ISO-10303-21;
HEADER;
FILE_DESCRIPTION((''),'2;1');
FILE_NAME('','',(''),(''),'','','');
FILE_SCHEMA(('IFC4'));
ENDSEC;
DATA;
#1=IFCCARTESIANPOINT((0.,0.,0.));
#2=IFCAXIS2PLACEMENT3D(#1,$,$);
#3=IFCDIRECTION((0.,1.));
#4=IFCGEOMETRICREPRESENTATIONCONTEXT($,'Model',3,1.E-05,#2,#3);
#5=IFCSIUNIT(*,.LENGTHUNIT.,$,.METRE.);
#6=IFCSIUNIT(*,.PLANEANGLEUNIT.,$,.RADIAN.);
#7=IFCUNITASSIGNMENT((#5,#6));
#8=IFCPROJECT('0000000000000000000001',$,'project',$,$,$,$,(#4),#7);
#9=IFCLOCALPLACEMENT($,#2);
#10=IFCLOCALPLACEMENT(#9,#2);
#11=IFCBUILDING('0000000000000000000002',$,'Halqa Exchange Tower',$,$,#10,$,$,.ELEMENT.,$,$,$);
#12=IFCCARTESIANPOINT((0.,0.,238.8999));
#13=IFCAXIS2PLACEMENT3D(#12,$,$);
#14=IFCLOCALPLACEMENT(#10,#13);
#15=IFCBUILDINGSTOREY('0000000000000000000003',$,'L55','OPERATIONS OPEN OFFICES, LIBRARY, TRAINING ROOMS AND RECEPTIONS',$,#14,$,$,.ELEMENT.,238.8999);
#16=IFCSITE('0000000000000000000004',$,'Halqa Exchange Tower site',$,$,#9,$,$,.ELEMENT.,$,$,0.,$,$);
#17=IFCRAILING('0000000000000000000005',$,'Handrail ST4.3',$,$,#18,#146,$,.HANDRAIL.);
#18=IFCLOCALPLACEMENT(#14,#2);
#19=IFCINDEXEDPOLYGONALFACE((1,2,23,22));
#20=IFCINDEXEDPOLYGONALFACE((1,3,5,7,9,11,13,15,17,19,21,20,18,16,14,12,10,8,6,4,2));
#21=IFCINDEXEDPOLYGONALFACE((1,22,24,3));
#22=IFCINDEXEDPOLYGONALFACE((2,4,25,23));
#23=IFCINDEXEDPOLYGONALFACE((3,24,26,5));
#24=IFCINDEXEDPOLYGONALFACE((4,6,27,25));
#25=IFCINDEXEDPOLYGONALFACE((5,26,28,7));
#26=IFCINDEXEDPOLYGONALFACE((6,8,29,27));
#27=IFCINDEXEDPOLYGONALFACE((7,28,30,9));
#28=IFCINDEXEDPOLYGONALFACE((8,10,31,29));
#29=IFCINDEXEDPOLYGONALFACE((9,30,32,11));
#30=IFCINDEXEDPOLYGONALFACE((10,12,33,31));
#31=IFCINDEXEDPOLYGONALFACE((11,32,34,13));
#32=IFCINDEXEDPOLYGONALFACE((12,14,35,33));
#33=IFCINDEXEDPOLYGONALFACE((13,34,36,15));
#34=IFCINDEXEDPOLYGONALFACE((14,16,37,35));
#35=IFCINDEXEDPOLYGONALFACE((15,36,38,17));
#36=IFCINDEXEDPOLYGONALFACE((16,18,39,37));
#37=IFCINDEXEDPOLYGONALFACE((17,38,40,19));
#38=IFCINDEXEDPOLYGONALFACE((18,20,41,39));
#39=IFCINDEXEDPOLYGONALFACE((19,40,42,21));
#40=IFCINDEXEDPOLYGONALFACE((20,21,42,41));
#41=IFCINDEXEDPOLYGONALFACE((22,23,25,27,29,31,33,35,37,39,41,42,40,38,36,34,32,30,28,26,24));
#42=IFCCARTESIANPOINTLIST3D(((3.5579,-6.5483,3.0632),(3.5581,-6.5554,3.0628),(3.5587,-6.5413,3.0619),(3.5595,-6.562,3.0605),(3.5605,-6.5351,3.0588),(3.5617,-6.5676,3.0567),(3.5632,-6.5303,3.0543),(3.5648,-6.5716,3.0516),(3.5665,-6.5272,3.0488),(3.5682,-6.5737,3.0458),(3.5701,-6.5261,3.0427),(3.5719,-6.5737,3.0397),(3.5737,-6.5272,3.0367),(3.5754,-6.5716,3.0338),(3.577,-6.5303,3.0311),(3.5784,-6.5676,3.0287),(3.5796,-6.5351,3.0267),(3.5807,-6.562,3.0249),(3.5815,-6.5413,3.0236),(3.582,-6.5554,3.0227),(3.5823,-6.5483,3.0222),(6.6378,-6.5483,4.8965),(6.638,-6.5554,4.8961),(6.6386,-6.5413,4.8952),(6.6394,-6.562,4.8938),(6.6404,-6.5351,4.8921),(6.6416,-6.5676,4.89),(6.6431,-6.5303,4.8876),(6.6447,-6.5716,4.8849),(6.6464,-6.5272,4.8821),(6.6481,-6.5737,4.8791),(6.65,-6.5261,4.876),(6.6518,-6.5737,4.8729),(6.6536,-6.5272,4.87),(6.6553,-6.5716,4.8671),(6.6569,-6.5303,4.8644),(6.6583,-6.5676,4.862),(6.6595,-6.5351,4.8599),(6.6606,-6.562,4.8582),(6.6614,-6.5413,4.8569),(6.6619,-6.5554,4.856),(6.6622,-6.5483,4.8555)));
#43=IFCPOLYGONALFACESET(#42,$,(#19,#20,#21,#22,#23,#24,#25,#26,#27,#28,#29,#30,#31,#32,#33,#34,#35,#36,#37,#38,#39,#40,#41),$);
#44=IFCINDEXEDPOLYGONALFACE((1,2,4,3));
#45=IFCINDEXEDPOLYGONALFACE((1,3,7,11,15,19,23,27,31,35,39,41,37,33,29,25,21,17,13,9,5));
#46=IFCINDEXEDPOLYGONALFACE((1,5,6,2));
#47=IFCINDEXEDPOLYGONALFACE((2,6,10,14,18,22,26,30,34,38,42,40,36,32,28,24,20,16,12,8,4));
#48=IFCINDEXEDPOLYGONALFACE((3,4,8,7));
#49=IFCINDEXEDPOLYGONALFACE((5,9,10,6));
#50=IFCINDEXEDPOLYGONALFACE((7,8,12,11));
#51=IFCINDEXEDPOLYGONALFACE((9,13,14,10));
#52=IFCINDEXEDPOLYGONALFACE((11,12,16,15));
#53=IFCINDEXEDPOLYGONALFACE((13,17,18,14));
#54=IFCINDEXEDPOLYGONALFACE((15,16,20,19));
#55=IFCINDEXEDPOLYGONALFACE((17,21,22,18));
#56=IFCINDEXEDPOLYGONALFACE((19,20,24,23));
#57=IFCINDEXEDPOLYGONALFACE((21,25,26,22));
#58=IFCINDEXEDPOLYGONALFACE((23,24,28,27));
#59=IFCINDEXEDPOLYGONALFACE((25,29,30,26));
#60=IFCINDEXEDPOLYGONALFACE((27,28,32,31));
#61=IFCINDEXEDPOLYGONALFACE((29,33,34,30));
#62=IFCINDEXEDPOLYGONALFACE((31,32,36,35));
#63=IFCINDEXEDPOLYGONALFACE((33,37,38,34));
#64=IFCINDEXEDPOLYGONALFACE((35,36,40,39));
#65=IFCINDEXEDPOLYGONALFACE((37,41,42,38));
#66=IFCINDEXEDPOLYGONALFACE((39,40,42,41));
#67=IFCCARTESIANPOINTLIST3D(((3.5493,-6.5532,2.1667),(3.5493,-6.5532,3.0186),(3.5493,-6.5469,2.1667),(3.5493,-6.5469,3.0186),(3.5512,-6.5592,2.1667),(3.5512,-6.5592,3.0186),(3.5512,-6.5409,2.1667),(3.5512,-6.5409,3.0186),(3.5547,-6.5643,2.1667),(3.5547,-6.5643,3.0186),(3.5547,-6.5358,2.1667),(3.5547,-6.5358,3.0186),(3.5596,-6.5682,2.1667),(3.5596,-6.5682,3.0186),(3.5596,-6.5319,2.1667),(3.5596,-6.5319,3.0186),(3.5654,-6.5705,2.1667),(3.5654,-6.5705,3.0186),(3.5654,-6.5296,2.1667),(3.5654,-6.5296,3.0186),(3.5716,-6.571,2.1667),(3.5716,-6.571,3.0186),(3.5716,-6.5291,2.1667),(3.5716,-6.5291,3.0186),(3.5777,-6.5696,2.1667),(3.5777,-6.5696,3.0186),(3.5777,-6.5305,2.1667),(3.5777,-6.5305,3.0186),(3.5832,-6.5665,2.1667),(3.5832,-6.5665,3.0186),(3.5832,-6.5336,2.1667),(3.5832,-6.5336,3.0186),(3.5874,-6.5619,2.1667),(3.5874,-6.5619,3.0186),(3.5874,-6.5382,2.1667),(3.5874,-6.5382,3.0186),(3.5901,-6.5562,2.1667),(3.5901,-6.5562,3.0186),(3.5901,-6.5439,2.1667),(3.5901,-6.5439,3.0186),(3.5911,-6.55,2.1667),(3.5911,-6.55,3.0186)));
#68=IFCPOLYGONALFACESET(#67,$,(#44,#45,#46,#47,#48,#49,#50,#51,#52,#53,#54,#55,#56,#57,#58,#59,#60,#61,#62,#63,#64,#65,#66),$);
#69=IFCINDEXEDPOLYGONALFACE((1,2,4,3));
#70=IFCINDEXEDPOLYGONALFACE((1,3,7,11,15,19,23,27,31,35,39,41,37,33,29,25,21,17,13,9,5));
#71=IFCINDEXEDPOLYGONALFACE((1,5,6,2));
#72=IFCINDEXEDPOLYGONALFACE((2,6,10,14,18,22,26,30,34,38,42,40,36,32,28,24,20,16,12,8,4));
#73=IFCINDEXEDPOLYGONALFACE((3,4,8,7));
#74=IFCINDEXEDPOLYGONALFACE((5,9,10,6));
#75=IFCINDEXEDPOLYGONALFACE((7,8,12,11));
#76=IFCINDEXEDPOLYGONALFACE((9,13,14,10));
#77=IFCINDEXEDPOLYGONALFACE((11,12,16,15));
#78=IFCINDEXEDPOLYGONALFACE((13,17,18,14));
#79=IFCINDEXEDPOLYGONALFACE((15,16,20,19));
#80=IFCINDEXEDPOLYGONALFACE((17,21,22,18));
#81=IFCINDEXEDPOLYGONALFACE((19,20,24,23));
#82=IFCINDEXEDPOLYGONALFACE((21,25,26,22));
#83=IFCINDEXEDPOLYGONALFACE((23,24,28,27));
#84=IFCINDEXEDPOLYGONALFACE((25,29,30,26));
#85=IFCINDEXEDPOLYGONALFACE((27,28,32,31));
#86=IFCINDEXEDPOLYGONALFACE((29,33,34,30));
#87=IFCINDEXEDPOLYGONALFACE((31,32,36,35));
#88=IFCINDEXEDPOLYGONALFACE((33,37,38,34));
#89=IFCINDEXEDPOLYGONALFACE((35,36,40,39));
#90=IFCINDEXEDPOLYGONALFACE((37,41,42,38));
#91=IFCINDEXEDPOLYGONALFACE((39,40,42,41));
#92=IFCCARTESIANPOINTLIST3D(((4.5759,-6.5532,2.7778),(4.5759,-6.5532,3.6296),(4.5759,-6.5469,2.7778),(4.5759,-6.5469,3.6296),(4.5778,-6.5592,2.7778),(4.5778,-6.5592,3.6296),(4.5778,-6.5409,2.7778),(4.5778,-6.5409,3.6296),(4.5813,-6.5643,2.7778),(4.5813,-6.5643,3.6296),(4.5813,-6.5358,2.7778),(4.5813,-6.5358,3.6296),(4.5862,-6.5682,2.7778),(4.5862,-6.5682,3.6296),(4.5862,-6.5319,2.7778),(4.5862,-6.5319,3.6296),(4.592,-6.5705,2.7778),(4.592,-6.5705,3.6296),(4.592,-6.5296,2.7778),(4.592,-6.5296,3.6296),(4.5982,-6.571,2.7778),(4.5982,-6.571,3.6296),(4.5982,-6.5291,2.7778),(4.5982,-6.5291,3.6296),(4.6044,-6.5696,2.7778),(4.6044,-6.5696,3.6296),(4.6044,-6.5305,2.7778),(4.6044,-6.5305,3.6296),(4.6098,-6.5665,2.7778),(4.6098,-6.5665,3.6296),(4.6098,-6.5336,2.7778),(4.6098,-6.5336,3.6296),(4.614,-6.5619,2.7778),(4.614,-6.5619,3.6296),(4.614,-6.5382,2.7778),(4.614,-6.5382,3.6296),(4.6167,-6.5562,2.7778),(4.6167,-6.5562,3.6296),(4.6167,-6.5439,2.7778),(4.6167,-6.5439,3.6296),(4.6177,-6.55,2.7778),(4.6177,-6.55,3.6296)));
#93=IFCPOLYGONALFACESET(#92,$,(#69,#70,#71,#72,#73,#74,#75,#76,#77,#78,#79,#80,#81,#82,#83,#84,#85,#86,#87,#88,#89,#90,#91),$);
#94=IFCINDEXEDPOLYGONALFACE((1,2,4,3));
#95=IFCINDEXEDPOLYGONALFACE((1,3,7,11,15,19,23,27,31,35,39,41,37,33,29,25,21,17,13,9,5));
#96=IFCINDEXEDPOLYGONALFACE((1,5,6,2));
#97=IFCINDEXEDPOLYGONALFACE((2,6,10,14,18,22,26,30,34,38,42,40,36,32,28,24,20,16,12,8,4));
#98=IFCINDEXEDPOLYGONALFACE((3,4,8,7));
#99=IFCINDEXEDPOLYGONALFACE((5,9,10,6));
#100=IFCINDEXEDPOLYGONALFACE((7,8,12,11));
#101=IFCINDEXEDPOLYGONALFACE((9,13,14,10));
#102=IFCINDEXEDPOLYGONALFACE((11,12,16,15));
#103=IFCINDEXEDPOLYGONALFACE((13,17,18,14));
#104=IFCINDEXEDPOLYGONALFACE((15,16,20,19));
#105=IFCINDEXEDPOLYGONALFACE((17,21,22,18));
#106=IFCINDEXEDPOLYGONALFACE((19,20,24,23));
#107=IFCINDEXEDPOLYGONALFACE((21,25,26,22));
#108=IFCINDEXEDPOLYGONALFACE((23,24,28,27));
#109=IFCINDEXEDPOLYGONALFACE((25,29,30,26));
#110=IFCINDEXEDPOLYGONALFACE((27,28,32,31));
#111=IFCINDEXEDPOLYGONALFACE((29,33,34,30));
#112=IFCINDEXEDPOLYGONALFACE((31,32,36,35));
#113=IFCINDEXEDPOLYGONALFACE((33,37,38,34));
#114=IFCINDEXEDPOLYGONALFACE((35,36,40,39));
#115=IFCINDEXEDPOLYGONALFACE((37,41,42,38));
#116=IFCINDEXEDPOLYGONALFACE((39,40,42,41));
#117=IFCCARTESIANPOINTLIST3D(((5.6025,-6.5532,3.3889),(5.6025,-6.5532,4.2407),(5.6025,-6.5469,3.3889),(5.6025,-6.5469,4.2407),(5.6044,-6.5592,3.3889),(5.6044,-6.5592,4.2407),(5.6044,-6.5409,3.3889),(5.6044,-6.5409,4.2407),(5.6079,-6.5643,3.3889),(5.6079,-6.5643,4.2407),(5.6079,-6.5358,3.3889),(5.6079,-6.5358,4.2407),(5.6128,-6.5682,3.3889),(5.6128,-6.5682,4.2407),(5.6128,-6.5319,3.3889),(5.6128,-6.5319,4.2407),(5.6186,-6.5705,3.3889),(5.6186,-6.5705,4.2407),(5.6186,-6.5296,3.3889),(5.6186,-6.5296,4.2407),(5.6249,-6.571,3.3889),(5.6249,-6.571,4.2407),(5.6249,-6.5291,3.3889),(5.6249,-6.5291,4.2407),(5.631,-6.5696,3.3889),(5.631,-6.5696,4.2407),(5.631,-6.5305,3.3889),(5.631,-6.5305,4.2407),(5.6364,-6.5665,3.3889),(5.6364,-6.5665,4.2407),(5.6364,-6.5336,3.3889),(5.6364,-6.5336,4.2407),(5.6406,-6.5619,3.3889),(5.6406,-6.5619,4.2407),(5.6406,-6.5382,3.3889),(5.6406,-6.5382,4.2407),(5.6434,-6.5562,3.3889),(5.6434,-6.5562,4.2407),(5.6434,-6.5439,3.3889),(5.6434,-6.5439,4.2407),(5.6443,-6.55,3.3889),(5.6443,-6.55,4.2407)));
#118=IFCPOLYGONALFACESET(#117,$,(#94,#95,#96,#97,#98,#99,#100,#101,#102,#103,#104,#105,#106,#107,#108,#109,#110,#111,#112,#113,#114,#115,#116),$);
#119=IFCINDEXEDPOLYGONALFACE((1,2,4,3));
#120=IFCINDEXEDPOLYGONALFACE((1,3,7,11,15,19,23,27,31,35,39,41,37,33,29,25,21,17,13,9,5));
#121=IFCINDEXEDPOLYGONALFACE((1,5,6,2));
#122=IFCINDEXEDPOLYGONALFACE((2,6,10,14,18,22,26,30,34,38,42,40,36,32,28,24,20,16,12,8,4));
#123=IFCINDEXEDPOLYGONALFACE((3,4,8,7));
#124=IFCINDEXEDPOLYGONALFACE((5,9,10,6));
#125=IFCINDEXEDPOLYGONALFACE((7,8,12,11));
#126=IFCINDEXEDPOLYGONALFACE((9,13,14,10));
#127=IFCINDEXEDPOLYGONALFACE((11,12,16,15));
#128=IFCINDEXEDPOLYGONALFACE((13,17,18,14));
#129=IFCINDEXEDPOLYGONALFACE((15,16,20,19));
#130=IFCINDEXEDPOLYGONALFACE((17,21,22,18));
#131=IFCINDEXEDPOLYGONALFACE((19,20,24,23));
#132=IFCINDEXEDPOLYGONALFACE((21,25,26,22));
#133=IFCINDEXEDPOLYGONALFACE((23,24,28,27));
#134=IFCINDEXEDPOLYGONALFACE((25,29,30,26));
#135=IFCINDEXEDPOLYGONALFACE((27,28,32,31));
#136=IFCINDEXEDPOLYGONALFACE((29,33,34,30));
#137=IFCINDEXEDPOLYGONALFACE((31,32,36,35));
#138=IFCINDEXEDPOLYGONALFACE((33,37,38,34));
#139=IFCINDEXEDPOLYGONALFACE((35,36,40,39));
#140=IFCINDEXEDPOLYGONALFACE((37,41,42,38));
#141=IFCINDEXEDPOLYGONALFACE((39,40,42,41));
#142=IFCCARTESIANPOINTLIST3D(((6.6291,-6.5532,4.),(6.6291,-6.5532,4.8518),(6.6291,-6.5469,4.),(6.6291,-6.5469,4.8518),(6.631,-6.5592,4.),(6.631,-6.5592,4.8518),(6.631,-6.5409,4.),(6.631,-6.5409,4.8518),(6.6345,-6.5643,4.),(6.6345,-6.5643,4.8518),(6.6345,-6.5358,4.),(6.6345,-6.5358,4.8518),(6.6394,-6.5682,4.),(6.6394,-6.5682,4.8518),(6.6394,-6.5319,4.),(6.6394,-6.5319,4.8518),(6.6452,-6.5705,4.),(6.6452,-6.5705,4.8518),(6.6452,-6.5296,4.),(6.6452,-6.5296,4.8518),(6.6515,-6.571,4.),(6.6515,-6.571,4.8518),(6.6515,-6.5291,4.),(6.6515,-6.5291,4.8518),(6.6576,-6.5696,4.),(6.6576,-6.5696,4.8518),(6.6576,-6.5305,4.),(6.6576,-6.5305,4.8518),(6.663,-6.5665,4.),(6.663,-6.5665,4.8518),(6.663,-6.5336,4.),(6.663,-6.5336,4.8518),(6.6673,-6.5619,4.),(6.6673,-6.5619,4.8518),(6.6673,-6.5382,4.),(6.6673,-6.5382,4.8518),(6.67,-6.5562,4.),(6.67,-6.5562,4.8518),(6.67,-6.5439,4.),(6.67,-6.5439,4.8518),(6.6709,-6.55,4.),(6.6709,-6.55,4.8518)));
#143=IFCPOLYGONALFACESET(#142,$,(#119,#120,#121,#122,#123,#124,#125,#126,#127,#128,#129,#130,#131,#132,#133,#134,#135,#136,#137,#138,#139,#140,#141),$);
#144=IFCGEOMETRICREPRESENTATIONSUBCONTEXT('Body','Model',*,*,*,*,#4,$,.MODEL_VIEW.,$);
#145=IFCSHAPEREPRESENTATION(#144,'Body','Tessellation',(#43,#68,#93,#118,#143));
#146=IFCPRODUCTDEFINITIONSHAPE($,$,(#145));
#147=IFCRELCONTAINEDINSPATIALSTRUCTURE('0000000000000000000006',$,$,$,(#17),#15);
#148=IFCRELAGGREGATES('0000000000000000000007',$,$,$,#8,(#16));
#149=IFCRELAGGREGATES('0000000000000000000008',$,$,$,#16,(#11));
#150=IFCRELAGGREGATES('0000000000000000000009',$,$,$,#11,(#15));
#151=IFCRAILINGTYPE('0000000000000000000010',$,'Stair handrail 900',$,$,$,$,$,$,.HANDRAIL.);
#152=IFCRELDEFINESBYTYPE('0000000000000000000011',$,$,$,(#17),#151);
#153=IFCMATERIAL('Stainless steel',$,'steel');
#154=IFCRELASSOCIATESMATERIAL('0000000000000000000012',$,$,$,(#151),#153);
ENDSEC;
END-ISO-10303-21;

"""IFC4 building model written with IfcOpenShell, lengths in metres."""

from ifc_helpers import new_model, si_unit, direction, frame, origin, origin_2d, place, context, subcontext, project, spatial, circle, extrude, material, type_object, element, save


model = new_model("IFC4")

# Units and contexts
model_context = context("Model", 3, precision=1e-05, world=origin(), true_north=direction((0.0, 1.0)))
body_context = subcontext(model_context, "Body", "Model", "MODEL_VIEW")
ifc_project = project(units=[si_unit("LENGTHUNIT", "METRE"), si_unit("PLANEANGLEUNIT", "RADIAN")], contexts=[model_context])

# Site, building, storey
site_placement = place(None, origin())
site = spatial("IfcSite", under=ifc_project, at=site_placement, Name="Halqa Exchange Tower site", CompositionType="ELEMENT", RefElevation=0.0)
building_placement = place(site_placement, origin())
building = spatial("IfcBuilding", under=site, at=building_placement, Name="Halqa Exchange Tower", CompositionType="ELEMENT")
storey_placement = place(building_placement, frame((0.0, 0.0, 238.8999)))
storey = spatial("IfcBuildingStorey", under=building, at=storey_placement, Name="L55", Description="OPERATIONS OPEN OFFICES, LIBRARY, TRAINING ROOMS AND RECEPTIONS", CompositionType="ELEMENT", Elevation=238.8999)

# Railing
ifc_material_1 = material(Name="Stainless steel", Category="steel")
railing_type_1 = type_object("IfcRailingType", Name="Stair handrail 900", PredefinedType="HANDRAIL", material=ifc_material_1)
railing_1_placement = place(storey_placement, frame((3.5701, -6.55, 2.1667)))
element("IfcRailing", 1, at=railing_1_placement, inside=storey, type_object=railing_type_1, Name="Handrail ST4.3", PredefinedType="HANDRAIL", context=body_context, shape_type="SweptSolid", body=[
    extrude(circle(Radius=0.0239, at=origin_2d()), frame((0.0, 0.0, 0.876), z_axis=(0.859291, 0.0, 0.511487), x_axis=(0.0, 1.0, 0.0)), (0.0, 0.0, 1.0), 3.5842),
    extrude(circle(Radius=0.021, at=origin_2d()), origin(), (0.0, 0.0, 1.0), 0.8518),
    extrude(circle(Radius=0.021, at=origin_2d()), frame((1.0266, 0.0, 0.6111)), (0.0, 0.0, 1.0), 0.8518),
    extrude(circle(Radius=0.021, at=origin_2d()), frame((2.0532, 0.0, 1.2222)), (0.0, 0.0, 1.0), 0.8518),
    extrude(circle(Radius=0.021, at=origin_2d()), frame((3.0798, 0.0, 1.8333)), (0.0, 0.0, 1.0), 0.8518),
])

save(model, "model.ifc")
